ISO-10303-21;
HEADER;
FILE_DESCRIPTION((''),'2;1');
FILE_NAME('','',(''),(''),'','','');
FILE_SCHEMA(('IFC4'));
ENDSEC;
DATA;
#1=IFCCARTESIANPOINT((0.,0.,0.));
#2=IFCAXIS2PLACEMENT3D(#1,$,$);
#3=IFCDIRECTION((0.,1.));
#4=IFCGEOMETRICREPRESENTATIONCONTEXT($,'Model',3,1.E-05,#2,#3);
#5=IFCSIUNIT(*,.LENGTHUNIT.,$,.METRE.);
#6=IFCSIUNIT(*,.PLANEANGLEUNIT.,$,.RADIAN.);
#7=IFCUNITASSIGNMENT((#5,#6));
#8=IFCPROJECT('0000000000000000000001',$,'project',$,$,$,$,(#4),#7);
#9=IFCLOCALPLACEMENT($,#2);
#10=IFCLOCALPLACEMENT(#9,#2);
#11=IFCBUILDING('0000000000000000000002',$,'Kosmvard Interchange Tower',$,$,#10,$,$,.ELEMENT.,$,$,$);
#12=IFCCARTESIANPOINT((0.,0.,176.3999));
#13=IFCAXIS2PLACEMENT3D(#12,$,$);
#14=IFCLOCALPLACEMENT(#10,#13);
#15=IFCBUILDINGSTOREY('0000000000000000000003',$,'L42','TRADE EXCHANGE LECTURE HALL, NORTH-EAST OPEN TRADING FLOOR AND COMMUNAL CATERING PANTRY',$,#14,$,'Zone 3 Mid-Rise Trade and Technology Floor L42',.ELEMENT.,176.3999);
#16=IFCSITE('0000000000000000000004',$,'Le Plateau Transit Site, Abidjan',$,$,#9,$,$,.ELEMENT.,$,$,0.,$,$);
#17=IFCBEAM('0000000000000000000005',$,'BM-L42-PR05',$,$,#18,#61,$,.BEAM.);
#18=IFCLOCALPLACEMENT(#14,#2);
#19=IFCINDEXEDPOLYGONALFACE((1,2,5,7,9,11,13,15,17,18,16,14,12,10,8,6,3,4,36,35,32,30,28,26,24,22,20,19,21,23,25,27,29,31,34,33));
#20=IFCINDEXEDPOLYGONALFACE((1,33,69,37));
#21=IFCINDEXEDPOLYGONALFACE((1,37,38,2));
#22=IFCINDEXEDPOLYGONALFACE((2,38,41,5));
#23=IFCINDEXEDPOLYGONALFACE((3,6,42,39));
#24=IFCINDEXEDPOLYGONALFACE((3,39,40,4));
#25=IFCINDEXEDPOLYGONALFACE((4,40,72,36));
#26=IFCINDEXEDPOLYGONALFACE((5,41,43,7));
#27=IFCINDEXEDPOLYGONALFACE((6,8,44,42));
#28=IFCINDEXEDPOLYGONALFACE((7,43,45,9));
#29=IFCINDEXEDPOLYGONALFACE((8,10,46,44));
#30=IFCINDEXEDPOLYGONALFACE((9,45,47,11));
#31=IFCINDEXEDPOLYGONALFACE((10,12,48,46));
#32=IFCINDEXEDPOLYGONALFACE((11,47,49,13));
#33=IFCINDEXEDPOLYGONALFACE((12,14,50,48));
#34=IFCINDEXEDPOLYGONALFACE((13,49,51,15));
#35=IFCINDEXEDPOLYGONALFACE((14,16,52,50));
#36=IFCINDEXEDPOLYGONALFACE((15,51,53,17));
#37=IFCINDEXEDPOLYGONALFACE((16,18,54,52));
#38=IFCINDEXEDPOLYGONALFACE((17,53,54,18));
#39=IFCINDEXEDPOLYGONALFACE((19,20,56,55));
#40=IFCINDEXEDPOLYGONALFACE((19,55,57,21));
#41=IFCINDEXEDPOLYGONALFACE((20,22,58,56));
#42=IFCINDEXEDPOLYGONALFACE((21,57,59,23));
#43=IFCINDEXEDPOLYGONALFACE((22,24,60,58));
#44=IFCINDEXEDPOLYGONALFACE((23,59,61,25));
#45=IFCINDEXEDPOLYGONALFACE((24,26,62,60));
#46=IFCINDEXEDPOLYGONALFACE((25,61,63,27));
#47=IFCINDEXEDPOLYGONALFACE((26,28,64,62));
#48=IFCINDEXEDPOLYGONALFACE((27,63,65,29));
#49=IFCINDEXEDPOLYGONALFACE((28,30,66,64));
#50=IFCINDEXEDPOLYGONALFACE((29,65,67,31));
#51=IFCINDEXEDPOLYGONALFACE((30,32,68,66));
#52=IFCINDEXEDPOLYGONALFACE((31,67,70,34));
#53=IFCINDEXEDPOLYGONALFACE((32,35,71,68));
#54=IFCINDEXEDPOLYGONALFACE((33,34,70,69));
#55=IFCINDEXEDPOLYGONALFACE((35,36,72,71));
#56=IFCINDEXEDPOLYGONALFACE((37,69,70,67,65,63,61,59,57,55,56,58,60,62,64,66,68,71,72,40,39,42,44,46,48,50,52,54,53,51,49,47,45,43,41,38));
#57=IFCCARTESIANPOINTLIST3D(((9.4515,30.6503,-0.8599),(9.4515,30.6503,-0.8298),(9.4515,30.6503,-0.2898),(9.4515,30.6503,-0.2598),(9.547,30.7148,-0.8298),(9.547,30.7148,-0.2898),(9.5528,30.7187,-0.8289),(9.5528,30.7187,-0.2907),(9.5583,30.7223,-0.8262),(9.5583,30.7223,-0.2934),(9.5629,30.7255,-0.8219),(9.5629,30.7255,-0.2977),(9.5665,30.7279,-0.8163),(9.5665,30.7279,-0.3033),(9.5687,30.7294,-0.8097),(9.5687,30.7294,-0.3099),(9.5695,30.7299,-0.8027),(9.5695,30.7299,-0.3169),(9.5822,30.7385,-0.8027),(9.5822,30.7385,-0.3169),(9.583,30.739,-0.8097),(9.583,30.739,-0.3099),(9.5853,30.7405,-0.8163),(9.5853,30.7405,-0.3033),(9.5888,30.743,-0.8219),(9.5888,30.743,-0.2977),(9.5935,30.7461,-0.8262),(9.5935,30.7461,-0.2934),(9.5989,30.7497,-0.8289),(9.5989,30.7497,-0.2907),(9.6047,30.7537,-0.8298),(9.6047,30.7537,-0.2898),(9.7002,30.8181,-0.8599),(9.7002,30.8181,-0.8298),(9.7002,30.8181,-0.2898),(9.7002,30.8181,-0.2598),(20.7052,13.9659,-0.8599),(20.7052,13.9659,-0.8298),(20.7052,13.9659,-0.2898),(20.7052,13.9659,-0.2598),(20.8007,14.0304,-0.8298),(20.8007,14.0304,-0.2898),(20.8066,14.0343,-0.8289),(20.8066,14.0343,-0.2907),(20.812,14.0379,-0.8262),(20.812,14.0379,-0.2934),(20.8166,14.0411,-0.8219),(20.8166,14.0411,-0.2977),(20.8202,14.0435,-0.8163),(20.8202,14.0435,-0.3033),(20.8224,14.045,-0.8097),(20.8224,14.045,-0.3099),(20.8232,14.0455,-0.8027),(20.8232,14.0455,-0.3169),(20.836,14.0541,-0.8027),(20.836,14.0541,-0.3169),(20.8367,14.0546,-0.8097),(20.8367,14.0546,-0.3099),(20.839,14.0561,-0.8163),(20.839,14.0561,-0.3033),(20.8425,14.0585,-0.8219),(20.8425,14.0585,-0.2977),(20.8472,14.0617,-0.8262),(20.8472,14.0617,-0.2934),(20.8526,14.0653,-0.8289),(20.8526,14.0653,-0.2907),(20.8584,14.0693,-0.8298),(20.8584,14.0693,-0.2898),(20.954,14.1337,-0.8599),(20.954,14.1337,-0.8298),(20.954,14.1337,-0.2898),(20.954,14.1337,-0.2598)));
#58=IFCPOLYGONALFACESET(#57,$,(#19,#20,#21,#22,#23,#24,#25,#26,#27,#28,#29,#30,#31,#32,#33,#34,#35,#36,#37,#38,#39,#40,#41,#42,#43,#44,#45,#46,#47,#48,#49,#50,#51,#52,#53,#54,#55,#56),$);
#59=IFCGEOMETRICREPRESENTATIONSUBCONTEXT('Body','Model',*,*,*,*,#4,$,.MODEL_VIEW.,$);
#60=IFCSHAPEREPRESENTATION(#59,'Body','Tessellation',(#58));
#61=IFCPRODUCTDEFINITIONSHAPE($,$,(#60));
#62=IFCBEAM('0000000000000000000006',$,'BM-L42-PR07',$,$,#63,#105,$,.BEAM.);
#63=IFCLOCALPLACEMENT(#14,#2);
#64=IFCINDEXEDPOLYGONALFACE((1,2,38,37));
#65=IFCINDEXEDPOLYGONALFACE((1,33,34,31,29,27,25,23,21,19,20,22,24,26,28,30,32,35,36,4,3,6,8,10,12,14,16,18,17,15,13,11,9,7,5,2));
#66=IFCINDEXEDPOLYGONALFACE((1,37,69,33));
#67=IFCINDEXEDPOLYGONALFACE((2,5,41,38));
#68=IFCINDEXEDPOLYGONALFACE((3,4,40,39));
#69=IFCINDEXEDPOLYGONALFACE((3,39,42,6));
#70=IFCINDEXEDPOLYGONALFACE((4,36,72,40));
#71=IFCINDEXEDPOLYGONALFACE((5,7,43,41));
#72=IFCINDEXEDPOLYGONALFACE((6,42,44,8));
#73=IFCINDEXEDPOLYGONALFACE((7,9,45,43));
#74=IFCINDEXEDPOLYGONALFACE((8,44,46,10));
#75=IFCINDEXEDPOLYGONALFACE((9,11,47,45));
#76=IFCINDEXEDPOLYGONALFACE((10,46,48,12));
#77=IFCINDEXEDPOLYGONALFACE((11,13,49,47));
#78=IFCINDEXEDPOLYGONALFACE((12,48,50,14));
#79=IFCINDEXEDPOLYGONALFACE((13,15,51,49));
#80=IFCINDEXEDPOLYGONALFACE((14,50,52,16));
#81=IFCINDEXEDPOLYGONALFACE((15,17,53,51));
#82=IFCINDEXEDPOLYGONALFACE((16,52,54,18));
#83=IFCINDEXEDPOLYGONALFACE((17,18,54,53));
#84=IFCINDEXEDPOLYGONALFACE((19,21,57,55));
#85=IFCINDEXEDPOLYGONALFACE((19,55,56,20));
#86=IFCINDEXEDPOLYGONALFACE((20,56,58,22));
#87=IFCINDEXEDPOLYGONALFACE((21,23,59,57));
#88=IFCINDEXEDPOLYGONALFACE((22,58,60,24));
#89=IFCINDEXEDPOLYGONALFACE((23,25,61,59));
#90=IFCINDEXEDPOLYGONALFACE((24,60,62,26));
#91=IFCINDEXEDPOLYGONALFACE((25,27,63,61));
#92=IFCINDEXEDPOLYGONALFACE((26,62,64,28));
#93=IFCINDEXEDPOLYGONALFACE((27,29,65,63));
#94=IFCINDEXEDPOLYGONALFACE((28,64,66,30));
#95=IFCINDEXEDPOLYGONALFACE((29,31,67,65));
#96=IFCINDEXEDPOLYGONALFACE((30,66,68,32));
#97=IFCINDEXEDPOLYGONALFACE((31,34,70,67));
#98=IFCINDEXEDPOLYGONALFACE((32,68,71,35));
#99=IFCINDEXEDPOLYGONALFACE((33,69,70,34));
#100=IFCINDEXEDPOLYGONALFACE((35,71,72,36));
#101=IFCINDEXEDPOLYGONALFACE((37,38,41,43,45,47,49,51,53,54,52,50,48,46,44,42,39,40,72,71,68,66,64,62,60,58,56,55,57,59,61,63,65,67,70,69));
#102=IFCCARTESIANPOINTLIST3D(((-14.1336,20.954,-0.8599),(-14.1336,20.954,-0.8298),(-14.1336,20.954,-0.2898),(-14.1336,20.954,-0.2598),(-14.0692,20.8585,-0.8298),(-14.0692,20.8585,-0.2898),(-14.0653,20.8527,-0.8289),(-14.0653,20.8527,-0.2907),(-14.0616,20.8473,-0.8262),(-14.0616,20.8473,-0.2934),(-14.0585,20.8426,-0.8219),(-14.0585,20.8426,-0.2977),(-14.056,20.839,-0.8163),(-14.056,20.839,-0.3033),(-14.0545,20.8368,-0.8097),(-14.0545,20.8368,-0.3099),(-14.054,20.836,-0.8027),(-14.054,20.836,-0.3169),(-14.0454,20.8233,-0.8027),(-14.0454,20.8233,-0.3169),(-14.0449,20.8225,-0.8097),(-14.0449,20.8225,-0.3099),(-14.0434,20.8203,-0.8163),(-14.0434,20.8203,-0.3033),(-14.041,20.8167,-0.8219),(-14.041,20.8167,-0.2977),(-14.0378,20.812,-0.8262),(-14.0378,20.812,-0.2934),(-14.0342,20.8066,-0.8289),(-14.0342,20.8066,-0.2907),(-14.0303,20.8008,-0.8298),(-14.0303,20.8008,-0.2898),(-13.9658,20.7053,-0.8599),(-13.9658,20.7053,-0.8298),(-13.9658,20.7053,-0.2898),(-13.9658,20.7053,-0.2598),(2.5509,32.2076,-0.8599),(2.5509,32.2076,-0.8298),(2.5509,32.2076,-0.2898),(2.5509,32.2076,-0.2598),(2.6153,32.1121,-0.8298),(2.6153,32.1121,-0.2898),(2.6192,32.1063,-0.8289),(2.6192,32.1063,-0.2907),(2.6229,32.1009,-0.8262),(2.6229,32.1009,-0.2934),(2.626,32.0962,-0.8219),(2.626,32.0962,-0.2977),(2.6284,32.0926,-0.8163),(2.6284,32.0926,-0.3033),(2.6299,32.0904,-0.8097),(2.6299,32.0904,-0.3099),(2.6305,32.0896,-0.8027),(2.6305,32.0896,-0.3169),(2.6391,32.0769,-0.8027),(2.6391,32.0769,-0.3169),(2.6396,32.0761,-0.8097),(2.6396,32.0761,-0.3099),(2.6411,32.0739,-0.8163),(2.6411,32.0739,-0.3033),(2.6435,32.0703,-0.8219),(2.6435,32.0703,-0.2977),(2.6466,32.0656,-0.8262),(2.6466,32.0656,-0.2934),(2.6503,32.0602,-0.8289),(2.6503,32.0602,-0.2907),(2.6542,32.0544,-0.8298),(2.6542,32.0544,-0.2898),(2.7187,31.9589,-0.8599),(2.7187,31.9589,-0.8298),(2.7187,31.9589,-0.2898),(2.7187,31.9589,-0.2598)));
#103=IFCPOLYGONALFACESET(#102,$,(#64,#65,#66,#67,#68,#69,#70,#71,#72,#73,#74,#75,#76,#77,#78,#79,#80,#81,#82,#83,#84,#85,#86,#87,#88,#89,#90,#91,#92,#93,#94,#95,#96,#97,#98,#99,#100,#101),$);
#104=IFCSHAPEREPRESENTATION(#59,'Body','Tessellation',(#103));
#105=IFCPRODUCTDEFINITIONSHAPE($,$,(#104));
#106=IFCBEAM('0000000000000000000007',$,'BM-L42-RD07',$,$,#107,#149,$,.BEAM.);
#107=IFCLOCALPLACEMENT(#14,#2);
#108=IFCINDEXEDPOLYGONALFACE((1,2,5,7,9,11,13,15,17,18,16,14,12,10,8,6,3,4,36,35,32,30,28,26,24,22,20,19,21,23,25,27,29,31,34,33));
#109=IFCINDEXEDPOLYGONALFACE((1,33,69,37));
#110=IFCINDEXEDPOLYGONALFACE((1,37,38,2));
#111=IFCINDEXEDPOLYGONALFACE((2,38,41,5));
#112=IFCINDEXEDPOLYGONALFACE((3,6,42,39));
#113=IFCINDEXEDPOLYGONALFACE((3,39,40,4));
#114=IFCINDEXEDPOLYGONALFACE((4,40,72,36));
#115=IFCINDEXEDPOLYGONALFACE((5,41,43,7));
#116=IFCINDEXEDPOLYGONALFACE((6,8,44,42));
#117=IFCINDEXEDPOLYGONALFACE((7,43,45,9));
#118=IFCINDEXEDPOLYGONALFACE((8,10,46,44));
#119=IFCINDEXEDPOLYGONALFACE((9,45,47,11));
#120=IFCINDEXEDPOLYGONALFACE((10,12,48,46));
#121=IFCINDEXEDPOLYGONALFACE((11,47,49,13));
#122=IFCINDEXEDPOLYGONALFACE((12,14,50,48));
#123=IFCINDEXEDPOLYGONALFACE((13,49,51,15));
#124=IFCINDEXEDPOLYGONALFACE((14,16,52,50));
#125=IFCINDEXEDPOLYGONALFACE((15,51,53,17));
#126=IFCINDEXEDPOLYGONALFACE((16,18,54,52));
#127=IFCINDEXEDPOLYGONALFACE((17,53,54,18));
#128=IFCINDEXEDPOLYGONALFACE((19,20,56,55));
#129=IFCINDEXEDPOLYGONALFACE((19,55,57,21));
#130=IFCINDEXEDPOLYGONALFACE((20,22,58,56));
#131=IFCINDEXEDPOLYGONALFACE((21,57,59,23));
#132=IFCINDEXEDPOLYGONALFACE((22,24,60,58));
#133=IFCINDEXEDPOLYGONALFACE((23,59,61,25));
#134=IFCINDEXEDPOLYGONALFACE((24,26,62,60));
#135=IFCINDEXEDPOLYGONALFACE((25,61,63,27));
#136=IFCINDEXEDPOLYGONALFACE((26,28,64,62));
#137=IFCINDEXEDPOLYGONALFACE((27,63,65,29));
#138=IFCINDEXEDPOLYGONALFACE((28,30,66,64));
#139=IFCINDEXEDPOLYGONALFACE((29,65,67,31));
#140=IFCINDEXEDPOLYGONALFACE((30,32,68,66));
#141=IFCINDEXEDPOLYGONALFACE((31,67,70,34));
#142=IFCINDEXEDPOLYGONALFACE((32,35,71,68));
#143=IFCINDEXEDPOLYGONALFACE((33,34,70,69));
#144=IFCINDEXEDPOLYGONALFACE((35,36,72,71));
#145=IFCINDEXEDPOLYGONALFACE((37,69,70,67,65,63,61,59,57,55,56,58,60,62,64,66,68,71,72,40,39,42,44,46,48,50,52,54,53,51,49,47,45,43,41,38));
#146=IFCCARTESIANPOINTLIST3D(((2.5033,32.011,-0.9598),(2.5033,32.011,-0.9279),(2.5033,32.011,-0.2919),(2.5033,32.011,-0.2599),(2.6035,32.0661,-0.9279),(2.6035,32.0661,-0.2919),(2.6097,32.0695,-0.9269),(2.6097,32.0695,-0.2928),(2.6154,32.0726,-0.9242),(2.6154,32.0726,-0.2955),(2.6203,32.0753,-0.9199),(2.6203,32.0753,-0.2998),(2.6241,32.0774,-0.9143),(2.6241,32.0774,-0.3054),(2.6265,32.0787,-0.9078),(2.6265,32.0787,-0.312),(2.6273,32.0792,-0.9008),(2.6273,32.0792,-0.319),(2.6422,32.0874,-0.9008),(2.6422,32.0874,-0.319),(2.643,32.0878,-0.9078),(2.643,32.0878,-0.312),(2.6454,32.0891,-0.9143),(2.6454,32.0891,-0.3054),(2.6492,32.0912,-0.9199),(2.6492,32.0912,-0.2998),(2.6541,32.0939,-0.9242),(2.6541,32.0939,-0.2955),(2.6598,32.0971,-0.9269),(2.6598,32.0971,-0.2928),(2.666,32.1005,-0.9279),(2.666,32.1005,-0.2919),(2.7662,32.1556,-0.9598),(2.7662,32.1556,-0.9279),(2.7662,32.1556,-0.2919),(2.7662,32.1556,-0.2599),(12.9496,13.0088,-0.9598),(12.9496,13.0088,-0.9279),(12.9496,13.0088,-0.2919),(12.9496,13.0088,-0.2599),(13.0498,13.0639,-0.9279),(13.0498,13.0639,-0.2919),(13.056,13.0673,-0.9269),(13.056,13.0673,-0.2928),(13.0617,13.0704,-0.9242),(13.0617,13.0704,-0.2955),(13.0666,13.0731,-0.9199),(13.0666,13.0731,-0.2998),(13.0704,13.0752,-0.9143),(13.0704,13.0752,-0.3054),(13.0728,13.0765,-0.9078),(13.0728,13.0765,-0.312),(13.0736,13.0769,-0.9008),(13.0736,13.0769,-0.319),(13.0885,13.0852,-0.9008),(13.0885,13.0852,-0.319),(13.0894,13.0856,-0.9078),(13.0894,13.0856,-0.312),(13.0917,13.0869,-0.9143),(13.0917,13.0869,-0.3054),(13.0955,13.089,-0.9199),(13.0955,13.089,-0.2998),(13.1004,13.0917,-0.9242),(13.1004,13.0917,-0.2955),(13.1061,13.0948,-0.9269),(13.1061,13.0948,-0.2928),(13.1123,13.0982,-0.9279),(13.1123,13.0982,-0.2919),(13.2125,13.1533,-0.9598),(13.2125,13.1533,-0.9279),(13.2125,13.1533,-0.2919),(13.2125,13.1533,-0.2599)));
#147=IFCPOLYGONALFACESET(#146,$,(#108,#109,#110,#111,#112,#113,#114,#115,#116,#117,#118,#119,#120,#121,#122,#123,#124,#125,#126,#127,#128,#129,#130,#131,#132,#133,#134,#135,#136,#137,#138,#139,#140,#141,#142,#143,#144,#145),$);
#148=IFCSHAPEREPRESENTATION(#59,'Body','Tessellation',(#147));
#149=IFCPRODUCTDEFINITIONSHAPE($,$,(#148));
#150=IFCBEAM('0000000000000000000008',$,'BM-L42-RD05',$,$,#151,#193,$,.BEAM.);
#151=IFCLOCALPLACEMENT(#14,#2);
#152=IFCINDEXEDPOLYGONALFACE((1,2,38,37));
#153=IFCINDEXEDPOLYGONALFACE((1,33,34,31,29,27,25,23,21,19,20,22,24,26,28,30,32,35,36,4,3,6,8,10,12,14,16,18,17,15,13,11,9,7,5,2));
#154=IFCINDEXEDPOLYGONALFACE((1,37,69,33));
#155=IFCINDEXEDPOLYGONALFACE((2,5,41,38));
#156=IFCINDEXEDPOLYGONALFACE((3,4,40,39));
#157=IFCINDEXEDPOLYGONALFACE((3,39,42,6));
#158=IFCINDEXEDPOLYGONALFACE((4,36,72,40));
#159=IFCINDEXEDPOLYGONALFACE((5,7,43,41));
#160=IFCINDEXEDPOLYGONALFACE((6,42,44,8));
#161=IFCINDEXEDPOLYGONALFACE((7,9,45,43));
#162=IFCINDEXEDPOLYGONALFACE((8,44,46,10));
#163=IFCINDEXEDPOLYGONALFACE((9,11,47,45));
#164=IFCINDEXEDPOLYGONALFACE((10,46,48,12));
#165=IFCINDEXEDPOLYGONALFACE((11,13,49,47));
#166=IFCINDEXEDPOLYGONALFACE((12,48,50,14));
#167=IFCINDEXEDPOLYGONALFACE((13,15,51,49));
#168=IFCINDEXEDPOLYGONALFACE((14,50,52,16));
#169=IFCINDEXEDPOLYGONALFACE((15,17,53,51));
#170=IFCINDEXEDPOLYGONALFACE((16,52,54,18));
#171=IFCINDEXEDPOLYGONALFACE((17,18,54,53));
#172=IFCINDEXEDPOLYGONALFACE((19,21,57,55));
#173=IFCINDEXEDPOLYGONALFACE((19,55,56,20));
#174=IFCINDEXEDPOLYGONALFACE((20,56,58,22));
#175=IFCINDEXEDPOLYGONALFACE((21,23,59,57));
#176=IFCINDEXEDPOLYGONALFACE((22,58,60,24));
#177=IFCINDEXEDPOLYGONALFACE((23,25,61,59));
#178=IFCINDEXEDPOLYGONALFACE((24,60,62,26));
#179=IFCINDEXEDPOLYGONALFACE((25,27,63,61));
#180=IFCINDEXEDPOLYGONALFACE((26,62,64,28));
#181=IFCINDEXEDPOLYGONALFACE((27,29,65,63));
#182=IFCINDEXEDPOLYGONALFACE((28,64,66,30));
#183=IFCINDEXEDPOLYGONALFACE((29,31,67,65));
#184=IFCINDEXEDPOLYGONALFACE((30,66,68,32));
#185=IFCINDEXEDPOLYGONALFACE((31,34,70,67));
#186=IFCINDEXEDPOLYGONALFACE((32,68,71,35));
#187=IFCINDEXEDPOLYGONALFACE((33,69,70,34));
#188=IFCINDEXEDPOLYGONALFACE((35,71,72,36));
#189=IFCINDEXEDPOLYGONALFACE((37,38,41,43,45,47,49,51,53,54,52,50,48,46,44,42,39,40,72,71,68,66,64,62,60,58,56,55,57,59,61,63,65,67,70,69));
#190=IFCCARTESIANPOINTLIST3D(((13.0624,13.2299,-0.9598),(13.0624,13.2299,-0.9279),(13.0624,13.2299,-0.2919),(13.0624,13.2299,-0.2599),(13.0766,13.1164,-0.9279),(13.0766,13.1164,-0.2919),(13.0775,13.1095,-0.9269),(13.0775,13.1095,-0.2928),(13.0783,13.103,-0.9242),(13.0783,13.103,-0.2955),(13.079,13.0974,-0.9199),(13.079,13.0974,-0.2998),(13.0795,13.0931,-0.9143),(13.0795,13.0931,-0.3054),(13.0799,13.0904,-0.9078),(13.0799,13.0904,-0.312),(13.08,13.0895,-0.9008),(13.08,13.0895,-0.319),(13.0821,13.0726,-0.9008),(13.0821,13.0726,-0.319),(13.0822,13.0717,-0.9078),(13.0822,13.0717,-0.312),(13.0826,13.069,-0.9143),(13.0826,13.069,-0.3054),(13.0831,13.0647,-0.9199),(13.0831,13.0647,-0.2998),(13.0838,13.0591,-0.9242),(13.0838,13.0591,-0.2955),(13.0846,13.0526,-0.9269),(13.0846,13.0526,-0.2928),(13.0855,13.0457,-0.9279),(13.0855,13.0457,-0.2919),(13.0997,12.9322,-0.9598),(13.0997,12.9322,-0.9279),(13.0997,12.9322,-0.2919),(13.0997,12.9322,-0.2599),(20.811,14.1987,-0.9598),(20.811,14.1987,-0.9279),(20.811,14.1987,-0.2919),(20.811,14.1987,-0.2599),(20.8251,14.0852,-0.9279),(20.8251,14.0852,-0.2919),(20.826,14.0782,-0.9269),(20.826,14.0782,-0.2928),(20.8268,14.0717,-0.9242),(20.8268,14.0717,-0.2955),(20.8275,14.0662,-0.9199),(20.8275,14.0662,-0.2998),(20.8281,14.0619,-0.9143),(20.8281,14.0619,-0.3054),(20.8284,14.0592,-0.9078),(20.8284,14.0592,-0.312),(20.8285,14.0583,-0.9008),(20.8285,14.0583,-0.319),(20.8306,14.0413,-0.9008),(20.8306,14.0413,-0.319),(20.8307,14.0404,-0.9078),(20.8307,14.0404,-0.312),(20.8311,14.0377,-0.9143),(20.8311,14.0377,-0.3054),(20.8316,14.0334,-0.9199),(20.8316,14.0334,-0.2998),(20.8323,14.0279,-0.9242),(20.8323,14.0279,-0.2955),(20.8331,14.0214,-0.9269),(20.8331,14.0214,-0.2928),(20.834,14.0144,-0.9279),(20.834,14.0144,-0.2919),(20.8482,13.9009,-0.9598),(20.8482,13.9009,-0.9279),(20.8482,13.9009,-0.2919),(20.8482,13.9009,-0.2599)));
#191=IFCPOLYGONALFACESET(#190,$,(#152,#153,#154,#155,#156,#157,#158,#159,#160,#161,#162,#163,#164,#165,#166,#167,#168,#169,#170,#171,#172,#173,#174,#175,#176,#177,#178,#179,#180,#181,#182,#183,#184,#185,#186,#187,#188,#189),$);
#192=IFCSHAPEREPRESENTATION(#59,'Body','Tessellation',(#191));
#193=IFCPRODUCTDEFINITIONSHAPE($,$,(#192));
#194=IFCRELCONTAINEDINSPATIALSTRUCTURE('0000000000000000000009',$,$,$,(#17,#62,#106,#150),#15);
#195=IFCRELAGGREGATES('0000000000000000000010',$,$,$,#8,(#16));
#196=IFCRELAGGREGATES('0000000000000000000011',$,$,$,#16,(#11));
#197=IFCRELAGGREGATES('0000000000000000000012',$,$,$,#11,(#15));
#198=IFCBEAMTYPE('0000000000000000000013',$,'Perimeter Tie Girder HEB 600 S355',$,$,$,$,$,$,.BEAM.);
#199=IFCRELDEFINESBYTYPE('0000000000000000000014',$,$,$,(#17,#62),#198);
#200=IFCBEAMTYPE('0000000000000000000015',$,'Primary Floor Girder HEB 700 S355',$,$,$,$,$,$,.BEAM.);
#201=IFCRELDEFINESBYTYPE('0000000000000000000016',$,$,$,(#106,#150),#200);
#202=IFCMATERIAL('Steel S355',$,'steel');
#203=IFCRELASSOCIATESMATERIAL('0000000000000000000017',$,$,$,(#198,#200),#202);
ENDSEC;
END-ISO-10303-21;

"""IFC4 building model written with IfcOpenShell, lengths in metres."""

from ifc_helpers import new_model, si_unit, direction, frame, origin, origin_2d, place, context, subcontext, project, spatial, i_section, extrude, source, transform, mapped, material, material_profile, profile_set, type_object, element, save


model = new_model("IFC4")

# Units and contexts
model_context = context("Model", 3, precision=1e-05, world=origin(), true_north=direction((0.0, 1.0)))
body_context = subcontext(model_context, "Body", "Model", "MODEL_VIEW")
ifc_project = project(units=[si_unit("LENGTHUNIT", "METRE"), si_unit("PLANEANGLEUNIT", "RADIAN")], contexts=[model_context])

# Site, building, storey
site_placement = place(None, origin())
site = spatial("IfcSite", under=ifc_project, at=site_placement, Name="Le Plateau Transit Site, Abidjan", CompositionType="ELEMENT", RefElevation=0.0)
building_placement = place(site_placement, origin())
building = spatial("IfcBuilding", under=site, at=building_placement, Name="Kosmvard Interchange Tower", CompositionType="ELEMENT")
storey_placement = place(building_placement, frame((0.0, 0.0, 176.3999)))
storey = spatial("IfcBuildingStorey", under=building, at=storey_placement, Name="L42", Description="TRADE EXCHANGE LECTURE HALL, NORTH-EAST OPEN TRADING FLOOR AND COMMUNAL CATERING PANTRY", LongName="Zone 3 Mid-Rise Trade and Technology Floor L42", CompositionType="ELEMENT", Elevation=176.3999)

# Beams
ifc_material_1 = material(Name="Steel S355", Category="steel")
ifc_material_profile_1 = material_profile(ifc_material_1, i_section(OverallWidth=0.3, OverallDepth=0.6001, WebThickness=0.0154, FlangeThickness=0.03, FilletRadius=0.0271, at=origin_2d()), Name="HEB 600")
ifc_profile_set_1 = profile_set([ifc_material_profile_1], Name="Steel S355")
beam_type_1 = type_object("IfcBeamType", Name="Perimeter Tie Girder HEB 600 S355", PredefinedType="BEAM", material=ifc_profile_set_1)
shared_shape_1 = source(origin(), body_context, "Body", "SweptSolid", [
    extrude(i_section(OverallWidth=0.3, OverallDepth=0.6001, WebThickness=0.0154, FlangeThickness=0.03, FilletRadius=0.0271, at=origin_2d()), origin(), (0.0, 0.0, 1.0), 20.125),
])
for number, where, z_axis, x_axis, name in (
    (1, (20.8296, 14.0498, -0.5598), (-0.559191, 0.829039, 0.0), (-0.829039, -0.559191, 0.0), "BM-L42-PR05"),
    (2, (2.6348, 32.0833, -0.5598), (-0.829043, -0.559185, 0.0), (0.559185, -0.829043, 0.0), "BM-L42-PR07"),
):
    element("IfcBeam", number, at=place(storey_placement, frame(where, z_axis=z_axis, x_axis=x_axis)), inside=storey, type_object=beam_type_1, Name=name, PredefinedType="BEAM", context=body_context, shape_type="MappedRepresentation", body=[
        mapped(shared_shape_1, transform((0.0, 0.0, 0.0), scale=1.0)),
    ])
ifc_material_profile_2 = material_profile(ifc_material_1, i_section(OverallWidth=0.3, OverallDepth=0.7, WebThickness=0.0171, FlangeThickness=0.032, FilletRadius=0.0271, at=origin_2d()), Name="HEB 700")
ifc_profile_set_2 = profile_set([ifc_material_profile_2], Name="Steel S355")
beam_type_2 = type_object("IfcBeamType", Name="Primary Floor Girder HEB 700 S355", PredefinedType="BEAM", material=ifc_profile_set_2)
shared_shape_2 = source(origin(), body_context, "Body", "SweptSolid", [
    extrude(i_section(OverallWidth=0.3, OverallDepth=0.7, WebThickness=0.0171, FlangeThickness=0.032, FilletRadius=0.0271, at=origin_2d()), origin(), (0.0, 0.0, 1.0), 21.6843),
])
beam_1_placement = place(storey_placement, frame((13.0811, 13.0811, -0.6099), z_axis=(-0.481745, 0.876312, 0.0), x_axis=(-0.876312, -0.481745, 0.0)))
element("IfcBeam", 3, at=beam_1_placement, inside=storey, type_object=beam_type_2, Name="BM-L42-RD07", PredefinedType="BEAM", context=body_context, shape_type="MappedRepresentation", body=[
    mapped(shared_shape_2, transform((0.0, 0.0, 0.0), scale=1.0)),
])
shared_shape_3 = source(origin(), body_context, "Body", "SweptSolid", [
    extrude(i_section(OverallWidth=0.3, OverallDepth=0.7, WebThickness=0.0171, FlangeThickness=0.032, FilletRadius=0.0271, at=origin_2d()), origin(), (0.0, 0.0, 1.0), 7.8088),
])
beam_2_placement = place(storey_placement, frame((13.0811, 13.0811, -0.6099), z_axis=(0.992275, 0.124058, 0.0), x_axis=(-0.124058, 0.992275, 0.0)))
element("IfcBeam", 4, at=beam_2_placement, inside=storey, type_object=beam_type_2, Name="BM-L42-RD05", PredefinedType="BEAM", context=body_context, shape_type="MappedRepresentation", body=[
    mapped(shared_shape_3, transform((0.0, 0.0, 0.0), scale=1.0)),
])

save(model, "model.ifc")
